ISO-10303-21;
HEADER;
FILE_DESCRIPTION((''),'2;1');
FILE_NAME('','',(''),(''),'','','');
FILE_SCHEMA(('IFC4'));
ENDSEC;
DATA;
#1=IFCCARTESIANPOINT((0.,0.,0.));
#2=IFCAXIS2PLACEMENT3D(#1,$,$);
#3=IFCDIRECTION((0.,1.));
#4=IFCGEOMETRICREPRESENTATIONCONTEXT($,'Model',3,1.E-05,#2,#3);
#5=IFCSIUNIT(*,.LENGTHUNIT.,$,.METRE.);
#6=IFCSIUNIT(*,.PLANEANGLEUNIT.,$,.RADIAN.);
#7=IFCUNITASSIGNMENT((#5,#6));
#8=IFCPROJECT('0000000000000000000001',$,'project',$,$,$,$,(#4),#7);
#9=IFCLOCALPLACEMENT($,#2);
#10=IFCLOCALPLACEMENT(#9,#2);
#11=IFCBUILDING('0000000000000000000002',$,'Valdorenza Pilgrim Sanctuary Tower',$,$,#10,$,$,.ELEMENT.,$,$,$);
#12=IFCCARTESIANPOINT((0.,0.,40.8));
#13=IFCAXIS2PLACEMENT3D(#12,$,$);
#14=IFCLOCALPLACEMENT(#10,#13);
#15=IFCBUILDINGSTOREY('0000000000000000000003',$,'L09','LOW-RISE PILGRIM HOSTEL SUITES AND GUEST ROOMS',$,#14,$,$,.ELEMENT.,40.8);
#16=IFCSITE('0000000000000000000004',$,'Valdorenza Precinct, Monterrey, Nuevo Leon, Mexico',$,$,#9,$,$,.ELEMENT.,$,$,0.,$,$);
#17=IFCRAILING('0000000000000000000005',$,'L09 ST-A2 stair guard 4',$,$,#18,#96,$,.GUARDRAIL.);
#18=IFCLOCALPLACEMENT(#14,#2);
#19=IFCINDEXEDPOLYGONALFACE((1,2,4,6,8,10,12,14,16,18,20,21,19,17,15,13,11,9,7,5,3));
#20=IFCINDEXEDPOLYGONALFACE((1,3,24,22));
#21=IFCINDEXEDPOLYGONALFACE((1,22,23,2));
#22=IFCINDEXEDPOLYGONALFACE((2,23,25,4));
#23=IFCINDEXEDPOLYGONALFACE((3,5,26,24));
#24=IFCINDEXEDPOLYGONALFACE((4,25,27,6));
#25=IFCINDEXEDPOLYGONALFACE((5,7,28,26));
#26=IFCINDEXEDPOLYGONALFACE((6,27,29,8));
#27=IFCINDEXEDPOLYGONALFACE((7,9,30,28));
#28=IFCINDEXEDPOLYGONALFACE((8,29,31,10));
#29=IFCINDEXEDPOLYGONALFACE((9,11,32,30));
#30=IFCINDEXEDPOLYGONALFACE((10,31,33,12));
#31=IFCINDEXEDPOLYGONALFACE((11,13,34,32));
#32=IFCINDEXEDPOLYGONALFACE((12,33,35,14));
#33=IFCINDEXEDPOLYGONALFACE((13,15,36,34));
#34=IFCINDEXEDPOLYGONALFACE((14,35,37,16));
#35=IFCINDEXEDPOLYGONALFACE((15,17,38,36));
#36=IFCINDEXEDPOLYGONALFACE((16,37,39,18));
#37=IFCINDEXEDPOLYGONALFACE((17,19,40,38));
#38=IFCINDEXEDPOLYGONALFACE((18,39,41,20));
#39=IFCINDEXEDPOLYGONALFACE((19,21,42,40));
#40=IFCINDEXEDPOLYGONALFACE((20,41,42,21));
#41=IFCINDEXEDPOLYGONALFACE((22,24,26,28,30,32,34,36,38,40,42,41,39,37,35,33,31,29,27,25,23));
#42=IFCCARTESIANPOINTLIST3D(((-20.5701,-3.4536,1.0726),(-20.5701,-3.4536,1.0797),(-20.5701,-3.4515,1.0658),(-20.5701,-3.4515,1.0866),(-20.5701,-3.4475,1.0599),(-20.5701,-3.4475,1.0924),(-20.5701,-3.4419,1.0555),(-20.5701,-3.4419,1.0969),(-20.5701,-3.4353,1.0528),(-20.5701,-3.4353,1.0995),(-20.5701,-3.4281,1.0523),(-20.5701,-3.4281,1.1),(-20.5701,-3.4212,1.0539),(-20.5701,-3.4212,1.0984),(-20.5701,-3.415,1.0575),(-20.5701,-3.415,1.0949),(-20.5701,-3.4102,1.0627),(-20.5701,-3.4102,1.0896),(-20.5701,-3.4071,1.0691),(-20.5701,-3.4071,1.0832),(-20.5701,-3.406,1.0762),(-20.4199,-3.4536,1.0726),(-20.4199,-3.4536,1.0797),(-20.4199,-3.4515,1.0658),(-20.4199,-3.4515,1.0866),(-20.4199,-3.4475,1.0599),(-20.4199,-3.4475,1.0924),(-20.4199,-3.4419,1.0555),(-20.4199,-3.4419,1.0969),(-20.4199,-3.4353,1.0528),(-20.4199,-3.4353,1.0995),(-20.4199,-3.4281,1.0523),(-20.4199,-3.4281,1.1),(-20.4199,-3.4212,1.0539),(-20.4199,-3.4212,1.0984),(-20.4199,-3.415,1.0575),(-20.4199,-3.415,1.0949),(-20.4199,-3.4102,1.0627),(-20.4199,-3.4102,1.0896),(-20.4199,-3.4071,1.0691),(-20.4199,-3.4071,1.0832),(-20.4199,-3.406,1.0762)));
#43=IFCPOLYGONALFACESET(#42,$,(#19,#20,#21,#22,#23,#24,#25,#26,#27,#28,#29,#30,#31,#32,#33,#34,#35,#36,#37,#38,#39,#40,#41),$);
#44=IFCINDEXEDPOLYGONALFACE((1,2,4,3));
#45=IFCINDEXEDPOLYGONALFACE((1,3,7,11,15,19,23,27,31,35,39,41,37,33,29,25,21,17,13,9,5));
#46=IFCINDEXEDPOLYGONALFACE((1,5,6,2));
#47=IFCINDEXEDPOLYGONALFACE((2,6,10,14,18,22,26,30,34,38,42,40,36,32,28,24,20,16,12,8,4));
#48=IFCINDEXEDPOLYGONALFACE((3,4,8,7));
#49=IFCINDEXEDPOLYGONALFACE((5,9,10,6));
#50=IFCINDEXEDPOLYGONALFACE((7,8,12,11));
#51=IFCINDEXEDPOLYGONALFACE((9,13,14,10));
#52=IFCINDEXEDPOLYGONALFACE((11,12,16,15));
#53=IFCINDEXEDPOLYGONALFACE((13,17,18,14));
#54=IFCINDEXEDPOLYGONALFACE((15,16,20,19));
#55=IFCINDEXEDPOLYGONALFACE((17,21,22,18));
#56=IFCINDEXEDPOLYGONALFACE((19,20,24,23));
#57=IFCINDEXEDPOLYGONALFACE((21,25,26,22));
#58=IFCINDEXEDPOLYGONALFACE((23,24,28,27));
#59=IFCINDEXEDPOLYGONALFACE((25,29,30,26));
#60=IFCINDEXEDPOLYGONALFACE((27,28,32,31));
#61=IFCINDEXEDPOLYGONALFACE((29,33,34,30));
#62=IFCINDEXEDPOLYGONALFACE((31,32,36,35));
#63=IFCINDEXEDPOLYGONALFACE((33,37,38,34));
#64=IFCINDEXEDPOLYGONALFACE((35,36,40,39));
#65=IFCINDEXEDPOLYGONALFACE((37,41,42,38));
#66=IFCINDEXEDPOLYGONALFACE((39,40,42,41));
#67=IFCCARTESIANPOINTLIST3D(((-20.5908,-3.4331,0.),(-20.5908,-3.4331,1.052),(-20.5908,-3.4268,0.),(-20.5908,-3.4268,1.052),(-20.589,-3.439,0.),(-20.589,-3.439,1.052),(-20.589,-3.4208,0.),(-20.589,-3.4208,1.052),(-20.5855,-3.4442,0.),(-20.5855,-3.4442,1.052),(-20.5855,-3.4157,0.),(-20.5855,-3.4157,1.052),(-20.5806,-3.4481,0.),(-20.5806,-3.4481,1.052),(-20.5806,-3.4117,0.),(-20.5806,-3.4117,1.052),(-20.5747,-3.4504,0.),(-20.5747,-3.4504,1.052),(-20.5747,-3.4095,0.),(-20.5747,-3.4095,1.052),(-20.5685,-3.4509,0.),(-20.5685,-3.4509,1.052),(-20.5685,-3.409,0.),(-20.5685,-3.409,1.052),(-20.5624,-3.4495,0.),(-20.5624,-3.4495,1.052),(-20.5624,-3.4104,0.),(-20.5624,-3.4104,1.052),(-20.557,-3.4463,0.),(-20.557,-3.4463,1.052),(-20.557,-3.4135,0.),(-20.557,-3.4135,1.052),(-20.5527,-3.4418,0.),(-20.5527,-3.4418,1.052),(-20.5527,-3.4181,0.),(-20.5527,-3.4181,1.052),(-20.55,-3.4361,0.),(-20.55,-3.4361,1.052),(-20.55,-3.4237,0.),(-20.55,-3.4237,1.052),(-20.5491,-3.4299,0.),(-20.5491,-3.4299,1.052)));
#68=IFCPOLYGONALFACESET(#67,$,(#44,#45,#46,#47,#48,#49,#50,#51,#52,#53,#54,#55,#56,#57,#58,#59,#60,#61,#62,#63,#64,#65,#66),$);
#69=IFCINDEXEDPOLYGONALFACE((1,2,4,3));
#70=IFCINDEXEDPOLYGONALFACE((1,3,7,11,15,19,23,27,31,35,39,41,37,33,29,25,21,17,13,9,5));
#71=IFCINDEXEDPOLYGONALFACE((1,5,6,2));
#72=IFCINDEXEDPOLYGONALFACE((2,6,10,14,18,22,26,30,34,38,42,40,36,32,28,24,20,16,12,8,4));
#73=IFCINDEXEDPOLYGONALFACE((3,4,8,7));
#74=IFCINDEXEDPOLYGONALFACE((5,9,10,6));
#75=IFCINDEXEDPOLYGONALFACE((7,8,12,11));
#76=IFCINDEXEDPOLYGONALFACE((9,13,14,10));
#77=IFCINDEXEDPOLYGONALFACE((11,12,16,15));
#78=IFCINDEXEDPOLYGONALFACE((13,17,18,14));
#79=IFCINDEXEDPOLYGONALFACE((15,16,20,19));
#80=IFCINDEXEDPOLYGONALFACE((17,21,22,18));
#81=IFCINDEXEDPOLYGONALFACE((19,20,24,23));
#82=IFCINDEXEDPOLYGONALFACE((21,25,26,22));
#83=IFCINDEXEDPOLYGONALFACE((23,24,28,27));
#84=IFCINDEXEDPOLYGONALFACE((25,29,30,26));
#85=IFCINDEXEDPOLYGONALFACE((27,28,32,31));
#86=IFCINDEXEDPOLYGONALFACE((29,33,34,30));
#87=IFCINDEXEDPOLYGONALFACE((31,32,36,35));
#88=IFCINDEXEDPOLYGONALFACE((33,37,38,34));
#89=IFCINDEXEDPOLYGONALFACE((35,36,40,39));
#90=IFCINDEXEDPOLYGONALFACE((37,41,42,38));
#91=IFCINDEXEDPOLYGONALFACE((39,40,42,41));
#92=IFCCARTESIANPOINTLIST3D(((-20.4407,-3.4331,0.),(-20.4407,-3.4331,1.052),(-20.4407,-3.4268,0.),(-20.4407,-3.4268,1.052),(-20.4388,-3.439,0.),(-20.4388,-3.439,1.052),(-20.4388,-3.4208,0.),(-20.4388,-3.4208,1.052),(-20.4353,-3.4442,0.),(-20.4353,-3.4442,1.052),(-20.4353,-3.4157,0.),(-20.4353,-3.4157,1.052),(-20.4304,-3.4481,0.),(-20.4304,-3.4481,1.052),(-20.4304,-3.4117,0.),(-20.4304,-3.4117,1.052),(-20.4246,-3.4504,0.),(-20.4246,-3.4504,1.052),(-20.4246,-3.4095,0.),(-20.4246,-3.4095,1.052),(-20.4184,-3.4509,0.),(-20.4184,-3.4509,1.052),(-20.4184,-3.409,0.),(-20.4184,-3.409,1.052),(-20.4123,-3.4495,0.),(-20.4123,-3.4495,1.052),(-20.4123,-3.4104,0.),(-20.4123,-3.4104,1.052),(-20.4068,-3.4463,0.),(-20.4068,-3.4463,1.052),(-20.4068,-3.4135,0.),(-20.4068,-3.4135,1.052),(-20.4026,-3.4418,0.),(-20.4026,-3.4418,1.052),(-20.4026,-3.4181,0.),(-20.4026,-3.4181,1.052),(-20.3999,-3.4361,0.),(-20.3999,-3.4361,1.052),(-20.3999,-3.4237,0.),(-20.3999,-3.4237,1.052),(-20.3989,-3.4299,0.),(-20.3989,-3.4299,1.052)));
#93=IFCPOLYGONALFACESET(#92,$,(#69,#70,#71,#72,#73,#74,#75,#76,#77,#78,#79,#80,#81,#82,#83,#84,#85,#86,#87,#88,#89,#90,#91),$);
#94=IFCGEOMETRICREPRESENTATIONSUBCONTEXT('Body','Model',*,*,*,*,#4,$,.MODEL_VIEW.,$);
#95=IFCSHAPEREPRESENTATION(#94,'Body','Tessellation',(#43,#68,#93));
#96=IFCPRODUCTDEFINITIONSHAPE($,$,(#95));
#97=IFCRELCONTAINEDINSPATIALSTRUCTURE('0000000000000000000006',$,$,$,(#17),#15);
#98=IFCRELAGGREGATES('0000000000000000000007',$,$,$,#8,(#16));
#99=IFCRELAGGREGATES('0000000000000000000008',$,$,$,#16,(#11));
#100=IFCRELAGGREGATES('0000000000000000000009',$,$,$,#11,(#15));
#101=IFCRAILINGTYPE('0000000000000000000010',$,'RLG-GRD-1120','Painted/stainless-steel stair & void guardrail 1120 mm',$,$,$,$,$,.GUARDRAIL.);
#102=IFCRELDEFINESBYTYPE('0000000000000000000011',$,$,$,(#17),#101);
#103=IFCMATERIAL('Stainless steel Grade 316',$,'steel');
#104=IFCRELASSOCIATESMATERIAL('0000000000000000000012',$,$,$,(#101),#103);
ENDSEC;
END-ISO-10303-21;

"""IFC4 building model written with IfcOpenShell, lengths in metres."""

from ifc_helpers import new_model, si_unit, direction, frame, origin, origin_2d, place, context, subcontext, project, spatial, circle, extrude, material, type_object, element, save


model = new_model("IFC4")

# Units and contexts
model_context = context("Model", 3, precision=1e-05, world=origin(), true_north=direction((0.0, 1.0)))
body_context = subcontext(model_context, "Body", "Model", "MODEL_VIEW")
ifc_project = project(units=[si_unit("LENGTHUNIT", "METRE"), si_unit("PLANEANGLEUNIT", "RADIAN")], contexts=[model_context])

# Site, building, storey
site_placement = place(None, origin())
site = spatial("IfcSite", under=ifc_project, at=site_placement, Name="Valdorenza Precinct, Monterrey, Nuevo Leon, Mexico", CompositionType="ELEMENT", RefElevation=0.0)
building_placement = place(site_placement, origin())
building = spatial("IfcBuilding", under=site, at=building_placement, Name="Valdorenza Pilgrim Sanctuary Tower", CompositionType="ELEMENT")
storey_placement = place(building_placement, frame((0.0, 0.0, 40.8)))
storey = spatial("IfcBuildingStorey", under=building, at=storey_placement, Name="L09", Description="LOW-RISE PILGRIM HOSTEL SUITES AND GUEST ROOMS", CompositionType="ELEMENT", Elevation=40.8)

# Railing
ifc_material_1 = material(Name="Stainless steel Grade 316", Category="steel")
railing_type_1 = type_object("IfcRailingType", Name="RLG-GRD-1120", Description="Painted/stainless-steel stair & void guardrail 1120 mm", PredefinedType="GUARDRAIL", material=ifc_material_1)
railing_1_placement = place(storey_placement, frame((-20.5701, -3.4299, 0.0)))
element("IfcRailing", 1, at=railing_1_placement, inside=storey, type_object=railing_type_1, Name="L09 ST-A2 stair guard 4", PredefinedType="GUARDRAIL", context=body_context, shape_type="SweptSolid", body=[
    extrude(circle(Radius=0.0239, at=origin_2d()), frame((0.0, 0.0, 1.0762), z_axis=(1.0, 0.0, 0.0), x_axis=(0.0, 1.0, 0.0)), (0.0, 0.0, 1.0), 0.1501),
    extrude(circle(Radius=0.021, at=origin_2d()), origin(), (0.0, 0.0, 1.0), 1.052),
    extrude(circle(Radius=0.021, at=origin_2d()), frame((0.1501, 0.0, 0.0)), (0.0, 0.0, 1.0), 1.052),
])

save(model, "model.ifc")
